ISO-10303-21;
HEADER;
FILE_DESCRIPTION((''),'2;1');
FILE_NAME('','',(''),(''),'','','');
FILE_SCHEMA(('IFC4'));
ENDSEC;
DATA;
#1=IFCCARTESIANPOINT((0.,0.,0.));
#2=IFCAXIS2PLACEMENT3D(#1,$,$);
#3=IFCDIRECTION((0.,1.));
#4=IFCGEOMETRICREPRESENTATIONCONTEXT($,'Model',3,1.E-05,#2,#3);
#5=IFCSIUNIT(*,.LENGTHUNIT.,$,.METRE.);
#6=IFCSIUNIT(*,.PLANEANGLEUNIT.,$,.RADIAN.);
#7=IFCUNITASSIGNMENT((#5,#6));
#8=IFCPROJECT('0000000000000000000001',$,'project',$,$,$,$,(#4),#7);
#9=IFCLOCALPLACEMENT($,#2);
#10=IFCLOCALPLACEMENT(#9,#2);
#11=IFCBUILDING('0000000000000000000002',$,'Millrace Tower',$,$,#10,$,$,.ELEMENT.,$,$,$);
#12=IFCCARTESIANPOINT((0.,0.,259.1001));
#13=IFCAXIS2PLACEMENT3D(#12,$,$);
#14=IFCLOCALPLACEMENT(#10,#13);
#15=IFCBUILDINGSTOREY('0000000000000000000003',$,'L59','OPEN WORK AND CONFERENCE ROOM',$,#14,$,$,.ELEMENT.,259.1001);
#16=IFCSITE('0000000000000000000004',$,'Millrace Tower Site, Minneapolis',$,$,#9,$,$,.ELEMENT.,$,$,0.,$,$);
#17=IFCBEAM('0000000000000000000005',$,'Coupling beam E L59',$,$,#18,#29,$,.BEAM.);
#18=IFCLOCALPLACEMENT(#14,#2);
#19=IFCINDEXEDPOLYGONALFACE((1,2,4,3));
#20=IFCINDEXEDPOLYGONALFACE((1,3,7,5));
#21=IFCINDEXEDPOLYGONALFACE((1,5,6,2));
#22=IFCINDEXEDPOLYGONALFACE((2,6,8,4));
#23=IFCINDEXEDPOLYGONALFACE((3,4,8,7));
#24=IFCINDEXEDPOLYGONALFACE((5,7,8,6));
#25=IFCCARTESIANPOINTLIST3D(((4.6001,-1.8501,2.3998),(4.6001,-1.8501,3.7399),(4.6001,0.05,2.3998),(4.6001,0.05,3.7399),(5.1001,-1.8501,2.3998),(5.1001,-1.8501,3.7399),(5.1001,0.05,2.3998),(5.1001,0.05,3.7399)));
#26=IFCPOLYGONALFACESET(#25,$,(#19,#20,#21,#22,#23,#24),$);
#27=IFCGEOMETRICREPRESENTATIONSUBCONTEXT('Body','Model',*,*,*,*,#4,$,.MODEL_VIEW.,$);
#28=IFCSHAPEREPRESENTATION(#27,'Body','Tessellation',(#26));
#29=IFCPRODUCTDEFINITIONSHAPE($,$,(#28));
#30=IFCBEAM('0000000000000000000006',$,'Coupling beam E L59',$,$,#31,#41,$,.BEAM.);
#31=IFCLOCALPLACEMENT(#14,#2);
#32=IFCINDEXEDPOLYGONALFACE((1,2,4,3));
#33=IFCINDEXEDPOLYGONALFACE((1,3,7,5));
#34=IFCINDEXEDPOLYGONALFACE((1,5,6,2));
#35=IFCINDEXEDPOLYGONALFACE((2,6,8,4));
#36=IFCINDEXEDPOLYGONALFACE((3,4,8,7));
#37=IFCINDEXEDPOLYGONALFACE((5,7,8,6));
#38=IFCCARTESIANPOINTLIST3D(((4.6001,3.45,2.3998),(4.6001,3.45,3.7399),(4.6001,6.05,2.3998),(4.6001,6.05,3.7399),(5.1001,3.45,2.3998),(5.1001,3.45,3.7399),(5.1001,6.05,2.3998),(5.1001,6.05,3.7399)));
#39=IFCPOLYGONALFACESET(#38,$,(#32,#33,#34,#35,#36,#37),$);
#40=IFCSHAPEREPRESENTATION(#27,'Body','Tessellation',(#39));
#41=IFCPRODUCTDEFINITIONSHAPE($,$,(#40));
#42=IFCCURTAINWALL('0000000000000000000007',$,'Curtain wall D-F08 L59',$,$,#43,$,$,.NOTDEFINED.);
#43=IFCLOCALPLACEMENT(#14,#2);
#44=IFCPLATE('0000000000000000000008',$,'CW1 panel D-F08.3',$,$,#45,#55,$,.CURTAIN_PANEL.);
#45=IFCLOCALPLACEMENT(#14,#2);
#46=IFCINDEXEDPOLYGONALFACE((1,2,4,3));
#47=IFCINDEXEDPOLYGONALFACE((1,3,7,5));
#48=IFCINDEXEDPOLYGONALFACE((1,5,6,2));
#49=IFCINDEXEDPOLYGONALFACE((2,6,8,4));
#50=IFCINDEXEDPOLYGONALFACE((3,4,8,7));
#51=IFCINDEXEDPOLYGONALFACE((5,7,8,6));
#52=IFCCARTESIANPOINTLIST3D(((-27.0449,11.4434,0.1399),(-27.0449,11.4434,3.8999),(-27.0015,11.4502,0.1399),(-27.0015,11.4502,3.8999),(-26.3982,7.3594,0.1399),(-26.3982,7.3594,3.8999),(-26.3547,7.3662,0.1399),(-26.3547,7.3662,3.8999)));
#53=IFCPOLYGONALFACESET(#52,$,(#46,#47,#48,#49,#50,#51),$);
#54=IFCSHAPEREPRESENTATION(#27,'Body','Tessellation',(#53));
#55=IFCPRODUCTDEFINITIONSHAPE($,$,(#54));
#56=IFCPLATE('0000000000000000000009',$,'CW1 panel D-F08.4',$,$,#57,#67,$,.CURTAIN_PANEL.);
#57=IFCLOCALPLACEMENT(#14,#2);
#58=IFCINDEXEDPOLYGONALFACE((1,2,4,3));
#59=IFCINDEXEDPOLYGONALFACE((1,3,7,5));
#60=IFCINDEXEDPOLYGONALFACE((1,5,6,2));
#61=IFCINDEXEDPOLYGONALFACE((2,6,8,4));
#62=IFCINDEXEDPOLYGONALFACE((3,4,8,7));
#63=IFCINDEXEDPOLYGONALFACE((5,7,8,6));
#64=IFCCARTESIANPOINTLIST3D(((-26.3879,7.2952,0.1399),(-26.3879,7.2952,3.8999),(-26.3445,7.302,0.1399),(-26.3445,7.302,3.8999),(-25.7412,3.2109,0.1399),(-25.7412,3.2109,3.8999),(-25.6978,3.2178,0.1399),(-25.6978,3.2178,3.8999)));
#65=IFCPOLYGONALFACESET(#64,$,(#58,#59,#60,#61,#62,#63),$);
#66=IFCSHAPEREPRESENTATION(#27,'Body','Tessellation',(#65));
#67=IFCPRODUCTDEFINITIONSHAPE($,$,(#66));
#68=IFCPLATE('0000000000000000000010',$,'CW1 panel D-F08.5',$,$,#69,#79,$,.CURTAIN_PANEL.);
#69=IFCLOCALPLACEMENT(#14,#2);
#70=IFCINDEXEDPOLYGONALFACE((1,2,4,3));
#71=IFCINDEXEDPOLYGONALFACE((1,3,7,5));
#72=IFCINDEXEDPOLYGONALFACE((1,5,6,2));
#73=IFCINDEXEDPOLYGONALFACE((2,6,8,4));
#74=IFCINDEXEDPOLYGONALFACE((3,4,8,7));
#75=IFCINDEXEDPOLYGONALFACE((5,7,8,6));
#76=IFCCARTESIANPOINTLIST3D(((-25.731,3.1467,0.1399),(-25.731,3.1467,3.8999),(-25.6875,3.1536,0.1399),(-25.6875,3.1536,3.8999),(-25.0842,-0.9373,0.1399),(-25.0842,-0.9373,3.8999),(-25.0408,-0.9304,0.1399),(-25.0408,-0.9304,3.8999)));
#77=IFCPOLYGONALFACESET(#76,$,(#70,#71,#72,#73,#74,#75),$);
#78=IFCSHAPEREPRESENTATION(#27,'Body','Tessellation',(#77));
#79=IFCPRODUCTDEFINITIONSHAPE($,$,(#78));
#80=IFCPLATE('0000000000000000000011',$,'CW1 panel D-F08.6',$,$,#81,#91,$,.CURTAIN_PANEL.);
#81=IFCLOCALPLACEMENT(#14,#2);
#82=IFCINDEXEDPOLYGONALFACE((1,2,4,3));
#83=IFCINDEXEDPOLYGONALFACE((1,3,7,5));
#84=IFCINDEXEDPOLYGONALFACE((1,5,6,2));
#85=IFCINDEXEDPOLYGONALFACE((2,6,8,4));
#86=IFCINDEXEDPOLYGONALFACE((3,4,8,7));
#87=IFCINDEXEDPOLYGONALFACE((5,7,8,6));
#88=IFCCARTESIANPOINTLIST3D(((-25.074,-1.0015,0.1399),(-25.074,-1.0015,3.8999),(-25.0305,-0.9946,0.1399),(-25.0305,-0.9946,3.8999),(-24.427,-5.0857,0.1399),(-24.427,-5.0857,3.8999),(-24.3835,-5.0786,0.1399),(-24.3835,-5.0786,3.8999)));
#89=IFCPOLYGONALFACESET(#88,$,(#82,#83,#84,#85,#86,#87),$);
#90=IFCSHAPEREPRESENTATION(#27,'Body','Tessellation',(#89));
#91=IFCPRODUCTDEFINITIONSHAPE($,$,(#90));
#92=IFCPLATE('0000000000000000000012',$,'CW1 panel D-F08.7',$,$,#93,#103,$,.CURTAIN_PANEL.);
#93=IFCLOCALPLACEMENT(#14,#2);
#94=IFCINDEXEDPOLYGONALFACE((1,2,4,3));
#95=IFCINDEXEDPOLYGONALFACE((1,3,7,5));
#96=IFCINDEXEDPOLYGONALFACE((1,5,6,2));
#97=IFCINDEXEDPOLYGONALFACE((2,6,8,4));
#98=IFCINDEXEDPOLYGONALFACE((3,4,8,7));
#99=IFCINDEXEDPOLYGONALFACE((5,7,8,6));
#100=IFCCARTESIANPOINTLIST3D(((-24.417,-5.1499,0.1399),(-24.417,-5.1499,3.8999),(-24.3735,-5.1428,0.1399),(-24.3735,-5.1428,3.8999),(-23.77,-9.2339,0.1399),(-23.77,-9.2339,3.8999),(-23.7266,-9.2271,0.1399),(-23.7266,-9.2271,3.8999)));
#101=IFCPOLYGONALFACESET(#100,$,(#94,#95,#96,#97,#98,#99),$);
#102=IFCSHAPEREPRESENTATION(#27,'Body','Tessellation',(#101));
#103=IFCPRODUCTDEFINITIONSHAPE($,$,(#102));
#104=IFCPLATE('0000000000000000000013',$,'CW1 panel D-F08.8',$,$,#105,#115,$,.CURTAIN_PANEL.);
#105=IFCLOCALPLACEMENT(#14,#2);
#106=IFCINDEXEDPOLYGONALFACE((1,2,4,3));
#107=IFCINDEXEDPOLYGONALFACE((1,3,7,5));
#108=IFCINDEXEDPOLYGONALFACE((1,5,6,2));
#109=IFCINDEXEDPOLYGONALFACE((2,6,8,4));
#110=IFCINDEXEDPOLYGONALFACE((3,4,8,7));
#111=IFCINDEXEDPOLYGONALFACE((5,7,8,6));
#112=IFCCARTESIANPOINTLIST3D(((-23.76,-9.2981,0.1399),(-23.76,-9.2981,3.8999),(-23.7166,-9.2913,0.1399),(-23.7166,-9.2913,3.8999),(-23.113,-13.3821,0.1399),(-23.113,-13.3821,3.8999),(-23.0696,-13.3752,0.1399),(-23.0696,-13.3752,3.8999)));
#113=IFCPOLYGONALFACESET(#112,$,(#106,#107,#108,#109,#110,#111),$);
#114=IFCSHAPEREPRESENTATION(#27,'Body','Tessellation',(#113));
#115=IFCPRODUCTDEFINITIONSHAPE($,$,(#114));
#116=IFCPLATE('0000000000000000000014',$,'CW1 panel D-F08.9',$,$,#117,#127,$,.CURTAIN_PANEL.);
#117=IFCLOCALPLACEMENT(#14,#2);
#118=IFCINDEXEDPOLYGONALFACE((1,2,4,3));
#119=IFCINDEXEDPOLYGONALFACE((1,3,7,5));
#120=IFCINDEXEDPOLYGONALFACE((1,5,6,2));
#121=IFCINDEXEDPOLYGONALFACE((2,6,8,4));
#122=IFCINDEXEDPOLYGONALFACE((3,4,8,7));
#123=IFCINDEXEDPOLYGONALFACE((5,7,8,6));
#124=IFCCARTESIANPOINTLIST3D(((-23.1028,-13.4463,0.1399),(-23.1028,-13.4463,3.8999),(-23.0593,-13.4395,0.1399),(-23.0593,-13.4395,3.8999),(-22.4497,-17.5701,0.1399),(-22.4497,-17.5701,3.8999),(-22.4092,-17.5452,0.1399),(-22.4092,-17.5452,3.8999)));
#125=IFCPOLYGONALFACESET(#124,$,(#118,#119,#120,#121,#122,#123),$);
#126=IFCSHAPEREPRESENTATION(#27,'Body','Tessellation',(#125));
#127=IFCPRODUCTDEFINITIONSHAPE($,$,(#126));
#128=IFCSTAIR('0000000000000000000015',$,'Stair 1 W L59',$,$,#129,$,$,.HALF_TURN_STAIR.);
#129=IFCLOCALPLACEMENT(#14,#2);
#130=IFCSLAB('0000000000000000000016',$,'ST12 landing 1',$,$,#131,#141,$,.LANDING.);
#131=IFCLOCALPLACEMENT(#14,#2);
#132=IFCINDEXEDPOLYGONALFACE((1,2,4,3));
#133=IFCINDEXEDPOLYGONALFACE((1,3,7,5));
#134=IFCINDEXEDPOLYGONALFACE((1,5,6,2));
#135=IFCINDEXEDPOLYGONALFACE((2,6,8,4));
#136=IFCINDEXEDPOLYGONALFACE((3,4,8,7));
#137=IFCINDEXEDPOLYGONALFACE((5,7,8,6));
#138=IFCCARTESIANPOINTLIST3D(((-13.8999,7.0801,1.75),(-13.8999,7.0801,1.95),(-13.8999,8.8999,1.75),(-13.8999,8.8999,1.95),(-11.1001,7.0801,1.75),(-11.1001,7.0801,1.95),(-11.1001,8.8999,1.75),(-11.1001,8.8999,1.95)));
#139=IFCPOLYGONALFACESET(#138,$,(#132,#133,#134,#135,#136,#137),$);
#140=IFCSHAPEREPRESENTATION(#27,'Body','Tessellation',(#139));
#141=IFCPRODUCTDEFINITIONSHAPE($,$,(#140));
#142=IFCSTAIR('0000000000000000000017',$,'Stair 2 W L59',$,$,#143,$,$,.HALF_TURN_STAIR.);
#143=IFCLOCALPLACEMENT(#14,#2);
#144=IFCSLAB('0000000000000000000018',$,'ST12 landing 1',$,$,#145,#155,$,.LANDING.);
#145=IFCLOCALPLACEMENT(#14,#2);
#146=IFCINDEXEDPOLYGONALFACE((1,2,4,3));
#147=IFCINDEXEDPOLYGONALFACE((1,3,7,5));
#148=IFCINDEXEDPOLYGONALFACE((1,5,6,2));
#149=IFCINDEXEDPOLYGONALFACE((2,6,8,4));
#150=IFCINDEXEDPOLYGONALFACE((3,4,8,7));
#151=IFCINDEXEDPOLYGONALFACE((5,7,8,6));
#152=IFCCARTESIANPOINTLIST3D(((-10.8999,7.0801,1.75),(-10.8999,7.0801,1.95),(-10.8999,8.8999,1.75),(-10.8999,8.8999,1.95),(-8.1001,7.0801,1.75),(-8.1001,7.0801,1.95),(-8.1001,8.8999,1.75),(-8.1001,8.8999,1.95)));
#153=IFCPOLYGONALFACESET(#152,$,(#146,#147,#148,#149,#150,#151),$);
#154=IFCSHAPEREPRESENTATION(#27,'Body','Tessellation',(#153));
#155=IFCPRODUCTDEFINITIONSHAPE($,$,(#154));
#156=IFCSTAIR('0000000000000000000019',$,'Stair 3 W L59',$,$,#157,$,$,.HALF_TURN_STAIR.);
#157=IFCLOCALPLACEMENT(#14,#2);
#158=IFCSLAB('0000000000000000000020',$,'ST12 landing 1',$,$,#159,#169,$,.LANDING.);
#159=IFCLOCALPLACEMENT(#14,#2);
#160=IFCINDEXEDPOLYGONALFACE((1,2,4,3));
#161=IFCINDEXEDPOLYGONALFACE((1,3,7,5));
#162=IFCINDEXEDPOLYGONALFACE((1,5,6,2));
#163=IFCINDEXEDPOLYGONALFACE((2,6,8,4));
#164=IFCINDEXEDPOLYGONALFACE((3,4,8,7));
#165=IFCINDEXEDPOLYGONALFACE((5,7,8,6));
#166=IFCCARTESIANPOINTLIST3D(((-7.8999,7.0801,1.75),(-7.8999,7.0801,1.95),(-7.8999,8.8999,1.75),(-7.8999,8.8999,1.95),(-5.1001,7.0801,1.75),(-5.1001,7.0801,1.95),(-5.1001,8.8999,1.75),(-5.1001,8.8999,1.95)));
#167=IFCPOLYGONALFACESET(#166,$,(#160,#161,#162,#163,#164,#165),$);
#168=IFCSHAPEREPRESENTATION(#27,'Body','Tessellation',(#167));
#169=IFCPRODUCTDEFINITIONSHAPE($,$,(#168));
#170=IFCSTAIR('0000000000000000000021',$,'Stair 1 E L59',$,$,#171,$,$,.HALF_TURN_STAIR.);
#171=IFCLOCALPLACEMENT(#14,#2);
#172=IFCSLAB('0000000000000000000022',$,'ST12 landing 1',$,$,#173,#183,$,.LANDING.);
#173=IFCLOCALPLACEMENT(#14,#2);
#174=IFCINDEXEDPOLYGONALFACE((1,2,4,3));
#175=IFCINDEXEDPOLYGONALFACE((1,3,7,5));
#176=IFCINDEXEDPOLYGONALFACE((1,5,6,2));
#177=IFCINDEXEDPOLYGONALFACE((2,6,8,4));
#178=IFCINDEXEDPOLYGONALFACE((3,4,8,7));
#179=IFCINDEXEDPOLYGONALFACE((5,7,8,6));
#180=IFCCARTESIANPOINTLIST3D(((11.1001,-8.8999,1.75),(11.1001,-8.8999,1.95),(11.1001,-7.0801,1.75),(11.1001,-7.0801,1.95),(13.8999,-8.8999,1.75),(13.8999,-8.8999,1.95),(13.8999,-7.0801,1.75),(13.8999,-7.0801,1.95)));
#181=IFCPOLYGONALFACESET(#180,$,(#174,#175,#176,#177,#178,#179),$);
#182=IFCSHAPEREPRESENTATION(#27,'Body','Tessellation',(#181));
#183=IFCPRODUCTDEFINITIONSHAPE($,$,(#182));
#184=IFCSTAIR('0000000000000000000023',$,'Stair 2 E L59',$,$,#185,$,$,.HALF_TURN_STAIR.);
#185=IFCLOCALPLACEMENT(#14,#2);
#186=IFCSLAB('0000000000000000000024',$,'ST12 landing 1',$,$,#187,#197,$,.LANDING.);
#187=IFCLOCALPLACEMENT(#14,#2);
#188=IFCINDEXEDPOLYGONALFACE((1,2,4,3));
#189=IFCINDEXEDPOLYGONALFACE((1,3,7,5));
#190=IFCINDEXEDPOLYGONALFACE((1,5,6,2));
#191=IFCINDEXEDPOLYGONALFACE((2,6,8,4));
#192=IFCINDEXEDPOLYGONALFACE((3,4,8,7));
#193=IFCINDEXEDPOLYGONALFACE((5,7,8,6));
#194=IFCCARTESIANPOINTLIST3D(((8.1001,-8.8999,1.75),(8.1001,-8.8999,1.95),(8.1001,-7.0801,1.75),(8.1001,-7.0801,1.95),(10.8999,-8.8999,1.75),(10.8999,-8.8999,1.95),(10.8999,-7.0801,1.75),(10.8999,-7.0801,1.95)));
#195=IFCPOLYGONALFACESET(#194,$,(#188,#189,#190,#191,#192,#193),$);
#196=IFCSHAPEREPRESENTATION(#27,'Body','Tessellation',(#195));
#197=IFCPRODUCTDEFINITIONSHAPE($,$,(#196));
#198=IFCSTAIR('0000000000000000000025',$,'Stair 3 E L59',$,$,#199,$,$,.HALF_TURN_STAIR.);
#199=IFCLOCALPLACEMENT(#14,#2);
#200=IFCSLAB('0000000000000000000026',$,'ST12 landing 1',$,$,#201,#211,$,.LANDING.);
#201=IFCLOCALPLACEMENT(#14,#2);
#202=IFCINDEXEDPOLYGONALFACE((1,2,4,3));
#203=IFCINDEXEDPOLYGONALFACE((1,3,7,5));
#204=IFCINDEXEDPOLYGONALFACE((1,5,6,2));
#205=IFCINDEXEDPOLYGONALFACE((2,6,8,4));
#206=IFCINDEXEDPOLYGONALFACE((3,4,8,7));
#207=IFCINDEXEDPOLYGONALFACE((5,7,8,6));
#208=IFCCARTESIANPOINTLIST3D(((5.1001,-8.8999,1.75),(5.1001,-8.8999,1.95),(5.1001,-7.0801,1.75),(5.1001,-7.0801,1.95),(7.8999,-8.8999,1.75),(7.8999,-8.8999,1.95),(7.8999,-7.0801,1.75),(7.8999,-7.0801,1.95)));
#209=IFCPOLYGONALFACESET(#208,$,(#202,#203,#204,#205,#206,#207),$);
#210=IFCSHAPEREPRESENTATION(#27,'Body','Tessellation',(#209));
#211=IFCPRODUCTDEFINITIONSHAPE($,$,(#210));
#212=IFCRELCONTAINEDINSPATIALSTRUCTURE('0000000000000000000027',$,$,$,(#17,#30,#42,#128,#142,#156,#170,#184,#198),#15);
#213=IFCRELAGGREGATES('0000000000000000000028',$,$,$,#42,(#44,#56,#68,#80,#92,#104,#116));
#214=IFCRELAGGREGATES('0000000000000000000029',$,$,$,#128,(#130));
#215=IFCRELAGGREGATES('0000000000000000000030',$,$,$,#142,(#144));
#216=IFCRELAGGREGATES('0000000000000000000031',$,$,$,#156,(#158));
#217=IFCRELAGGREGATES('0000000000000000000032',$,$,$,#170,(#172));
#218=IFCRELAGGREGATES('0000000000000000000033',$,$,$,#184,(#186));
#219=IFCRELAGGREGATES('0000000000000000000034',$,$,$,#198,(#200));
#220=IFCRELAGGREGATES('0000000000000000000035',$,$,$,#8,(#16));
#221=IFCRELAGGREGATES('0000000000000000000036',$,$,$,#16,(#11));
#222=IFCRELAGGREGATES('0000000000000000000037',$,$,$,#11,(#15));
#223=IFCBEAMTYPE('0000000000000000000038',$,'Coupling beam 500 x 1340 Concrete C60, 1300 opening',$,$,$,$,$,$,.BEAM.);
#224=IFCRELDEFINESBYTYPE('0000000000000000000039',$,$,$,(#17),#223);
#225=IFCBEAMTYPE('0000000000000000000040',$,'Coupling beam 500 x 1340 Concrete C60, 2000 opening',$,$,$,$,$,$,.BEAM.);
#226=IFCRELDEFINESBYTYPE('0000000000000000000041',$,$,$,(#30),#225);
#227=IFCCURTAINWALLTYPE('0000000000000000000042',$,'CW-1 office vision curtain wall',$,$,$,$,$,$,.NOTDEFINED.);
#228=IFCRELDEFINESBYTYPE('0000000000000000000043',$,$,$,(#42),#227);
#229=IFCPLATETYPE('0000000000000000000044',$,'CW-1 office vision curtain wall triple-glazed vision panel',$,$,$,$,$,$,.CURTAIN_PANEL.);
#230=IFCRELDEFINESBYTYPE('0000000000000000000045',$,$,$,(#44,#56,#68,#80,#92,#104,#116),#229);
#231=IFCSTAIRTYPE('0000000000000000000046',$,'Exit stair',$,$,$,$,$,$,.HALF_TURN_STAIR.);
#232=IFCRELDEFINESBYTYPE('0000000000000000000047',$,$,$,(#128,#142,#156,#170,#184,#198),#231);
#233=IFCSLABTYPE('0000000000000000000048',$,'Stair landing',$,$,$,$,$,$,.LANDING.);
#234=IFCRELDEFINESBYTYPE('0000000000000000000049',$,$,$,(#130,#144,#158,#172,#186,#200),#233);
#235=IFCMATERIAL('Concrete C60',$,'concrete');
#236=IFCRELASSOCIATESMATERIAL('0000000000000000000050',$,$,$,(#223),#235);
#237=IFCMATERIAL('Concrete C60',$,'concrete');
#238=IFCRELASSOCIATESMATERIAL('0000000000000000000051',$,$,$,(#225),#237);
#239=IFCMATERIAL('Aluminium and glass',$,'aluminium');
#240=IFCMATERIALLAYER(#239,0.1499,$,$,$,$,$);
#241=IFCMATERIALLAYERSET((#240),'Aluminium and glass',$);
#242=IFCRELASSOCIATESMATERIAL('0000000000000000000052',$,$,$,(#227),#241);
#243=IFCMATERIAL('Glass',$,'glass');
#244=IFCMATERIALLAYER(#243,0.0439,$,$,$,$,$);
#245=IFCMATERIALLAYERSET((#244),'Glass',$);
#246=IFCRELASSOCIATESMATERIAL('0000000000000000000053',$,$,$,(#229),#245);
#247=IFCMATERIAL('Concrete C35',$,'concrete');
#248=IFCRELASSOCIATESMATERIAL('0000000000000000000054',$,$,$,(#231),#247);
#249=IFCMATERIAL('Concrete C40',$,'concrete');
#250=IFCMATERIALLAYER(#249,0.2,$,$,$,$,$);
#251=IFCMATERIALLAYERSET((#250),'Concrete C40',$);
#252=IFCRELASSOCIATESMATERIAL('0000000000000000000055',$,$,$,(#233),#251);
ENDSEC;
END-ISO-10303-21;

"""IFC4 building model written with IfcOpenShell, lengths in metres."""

from ifc_helpers import new_model, si_unit, direction, frame, origin, origin_2d, place, context, subcontext, project, spatial, polyline, rectangle, outline, extrude, material, layer, layer_set, material_profile, profile_set, type_object, element, aggregate, save


model = new_model("IFC4")

# Units and contexts
model_context = context("Model", 3, precision=1e-05, world=origin(), true_north=direction((0.0, 1.0)))
body_context = subcontext(model_context, "Body", "Model", "MODEL_VIEW")
ifc_project = project(units=[si_unit("LENGTHUNIT", "METRE"), si_unit("PLANEANGLEUNIT", "RADIAN")], contexts=[model_context])

# Site, building, storey
site_placement = place(None, origin())
site = spatial("IfcSite", under=ifc_project, at=site_placement, Name="Millrace Tower Site, Minneapolis", CompositionType="ELEMENT", RefElevation=0.0)
building_placement = place(site_placement, origin())
building = spatial("IfcBuilding", under=site, at=building_placement, Name="Millrace Tower", CompositionType="ELEMENT")
storey_placement = place(building_placement, frame((0.0, 0.0, 259.1001)))
storey = spatial("IfcBuildingStorey", under=building, at=storey_placement, Name="L59", Description="OPEN WORK AND CONFERENCE ROOM", CompositionType="ELEMENT", Elevation=259.1001)

# Beams
ifc_material_1 = material(Name="Concrete C60", Category="concrete")
ifc_material_profile_1 = material_profile(ifc_material_1, rectangle(XDim=0.5, YDim=1.3401, at=origin_2d()))
ifc_profile_set_1 = profile_set([ifc_material_profile_1], Name="Concrete C60")
beam_type_1 = type_object("IfcBeamType", Name="Coupling beam 500 x 1340 Concrete C60, 1300 opening", PredefinedType="BEAM", material=ifc_profile_set_1)
beam_1_placement = place(storey_placement, frame((4.8501, 0.05, 3.0698), z_axis=(0.0, -1.0, 0.0), x_axis=(1.0, 0.0, 0.0)))
element("IfcBeam", 1, at=beam_1_placement, inside=storey, type_object=beam_type_1, Name="Coupling beam E L59", PredefinedType="BEAM", context=body_context, shape_type="SweptSolid", body=[
    extrude(rectangle(XDim=0.5, YDim=1.3401, at=origin_2d()), origin(), (0.0, 0.0, 1.0), 1.9001),
])
ifc_material_2 = material(Name="Concrete C60", Category="concrete")
ifc_material_profile_2 = material_profile(ifc_material_2, rectangle(XDim=0.5, YDim=1.3401, at=origin_2d()))
ifc_profile_set_2 = profile_set([ifc_material_profile_2], Name="Concrete C60")
beam_type_2 = type_object("IfcBeamType", Name="Coupling beam 500 x 1340 Concrete C60, 2000 opening", PredefinedType="BEAM", material=ifc_profile_set_2)
beam_2_placement = place(storey_placement, frame((4.8501, 6.05, 3.0698), z_axis=(0.0, -1.0, 0.0), x_axis=(1.0, 0.0, 0.0)))
element("IfcBeam", 2, at=beam_2_placement, inside=storey, type_object=beam_type_2, Name="Coupling beam E L59", PredefinedType="BEAM", context=body_context, shape_type="SweptSolid", body=[
    extrude(rectangle(XDim=0.5, YDim=1.3401, at=origin_2d()), origin(), (0.0, 0.0, 1.0), 2.6001),
])

# Curtain wall, plates
ifc_material_3 = material(Name="Aluminium and glass", Category="aluminium")
ifc_layer_1 = layer(ifc_material_3, 0.1499)
ifc_layer_set_1 = layer_set([ifc_layer_1], Name="Aluminium and glass")
curtain_wall_type = type_object("IfcCurtainWallType", Name="CW-1 office vision curtain wall", PredefinedType="NOTDEFINED", material=ifc_layer_set_1)
placement_1 = place(storey_placement, origin())
curtain_wall = element("IfcCurtainWall", 3, at=placement_1, inside=storey, type_object=curtain_wall_type, Name="Curtain wall D-F08 L59", PredefinedType="NOTDEFINED")
ifc_material_4 = material(Name="Glass", Category="glass")
ifc_layer_2 = layer(ifc_material_4, 0.0439)
ifc_layer_set_2 = layer_set([ifc_layer_2], Name="Glass")
plate_type = type_object("IfcPlateType", Name="CW-1 office vision curtain wall triple-glazed vision panel", PredefinedType="CURTAIN_PANEL", material=ifc_layer_set_2)
placement_2 = place(storey_placement, frame((0.0, 0.0, 0.1399)))
plate_1 = element("IfcPlate", 4, at=placement_2, type_object=plate_type, Name="CW1 panel D-F08.3", PredefinedType="CURTAIN_PANEL", context=body_context, shape_type="SweptSolid", body=[
    extrude(outline(polyline([(-27.0449, 11.4434), (-26.3982, 7.3594), (-26.3547, 7.3662), (-27.0015, 11.4502), (-27.0449, 11.4434)])), origin(), (0.0, 0.0, 1.0), 3.76),
])
plate_2 = element("IfcPlate", 5, at=placement_2, type_object=plate_type, Name="CW1 panel D-F08.4", PredefinedType="CURTAIN_PANEL", context=body_context, shape_type="SweptSolid", body=[
    extrude(outline(polyline([(-26.3879, 7.2952), (-25.7412, 3.2109), (-25.6978, 3.2178), (-26.3445, 7.302), (-26.3879, 7.2952)])), origin(), (0.0, 0.0, 1.0), 3.76),
])
plate_3 = element("IfcPlate", 6, at=placement_2, type_object=plate_type, Name="CW1 panel D-F08.5", PredefinedType="CURTAIN_PANEL", context=body_context, shape_type="SweptSolid", body=[
    extrude(outline(polyline([(-25.731, 3.1467), (-25.0842, -0.9373), (-25.0408, -0.9304), (-25.6875, 3.1536), (-25.731, 3.1467)])), origin(), (0.0, 0.0, 1.0), 3.76),
])
plate_4 = element("IfcPlate", 7, at=placement_2, type_object=plate_type, Name="CW1 panel D-F08.6", PredefinedType="CURTAIN_PANEL", context=body_context, shape_type="SweptSolid", body=[
    extrude(outline(polyline([(-25.074, -1.0015), (-24.427, -5.0857), (-24.3835, -5.0786), (-25.0305, -0.9946), (-25.074, -1.0015)])), origin(), (0.0, 0.0, 1.0), 3.76),
])
plate_5 = element("IfcPlate", 8, at=placement_2, type_object=plate_type, Name="CW1 panel D-F08.7", PredefinedType="CURTAIN_PANEL", context=body_context, shape_type="SweptSolid", body=[
    extrude(outline(polyline([(-24.417, -5.1499), (-23.77, -9.2339), (-23.7266, -9.2271), (-24.3735, -5.1428), (-24.417, -5.1499)])), origin(), (0.0, 0.0, 1.0), 3.76),
])
plate_6 = element("IfcPlate", 9, at=placement_2, type_object=plate_type, Name="CW1 panel D-F08.8", PredefinedType="CURTAIN_PANEL", context=body_context, shape_type="SweptSolid", body=[
    extrude(outline(polyline([(-23.76, -9.2981), (-23.113, -13.3821), (-23.0696, -13.3752), (-23.7166, -9.2913), (-23.76, -9.2981)])), origin(), (0.0, 0.0, 1.0), 3.76),
])
plate_7 = element("IfcPlate", 10, at=placement_2, type_object=plate_type, Name="CW1 panel D-F08.9", PredefinedType="CURTAIN_PANEL", context=body_context, shape_type="SweptSolid", body=[
    extrude(outline(polyline([(-23.1028, -13.4463), (-22.4497, -17.5701), (-22.4092, -17.5452), (-23.0593, -13.4395), (-23.1028, -13.4463)])), origin(), (0.0, 0.0, 1.0), 3.76),
])
aggregate(curtain_wall, [plate_1, plate_2, plate_3, plate_4, plate_5, plate_6, plate_7])

# Stairs, slabs
ifc_material_5 = material(Name="Concrete C35", Category="concrete")
stair_type = type_object("IfcStairType", Name="Exit stair", PredefinedType="HALF_TURN_STAIR", material=ifc_material_5)
stair_1 = element("IfcStair", 11, at=placement_1, inside=storey, type_object=stair_type, Name="Stair 1 W L59", PredefinedType="HALF_TURN_STAIR")
ifc_material_6 = material(Name="Concrete C40", Category="concrete")
ifc_layer_3 = layer(ifc_material_6, 0.2)
ifc_layer_set_3 = layer_set([ifc_layer_3], Name="Concrete C40")
slab_type = type_object("IfcSlabType", Name="Stair landing", PredefinedType="LANDING", material=ifc_layer_set_3)
placement_3 = place(storey_placement, frame((0.0, 0.0, 1.75)))
slab_1 = element("IfcSlab", 12, at=placement_3, type_object=slab_type, Name="ST12 landing 1", PredefinedType="LANDING", context=body_context, shape_type="SweptSolid", body=[
    extrude(outline(polyline([(-13.8999, 7.0801), (-11.1001, 7.0801), (-11.1001, 8.8999), (-13.8999, 8.8999), (-13.8999, 7.0801)])), origin(), (0.0, 0.0, 1.0), 0.2),
])
aggregate(stair_1, [slab_1])
stair_2 = element("IfcStair", 13, at=placement_1, inside=storey, type_object=stair_type, Name="Stair 2 W L59", PredefinedType="HALF_TURN_STAIR")
slab_2 = element("IfcSlab", 14, at=placement_3, type_object=slab_type, Name="ST12 landing 1", PredefinedType="LANDING", context=body_context, shape_type="SweptSolid", body=[
    extrude(outline(polyline([(-10.8999, 7.0801), (-8.1001, 7.0801), (-8.1001, 8.8999), (-10.8999, 8.8999), (-10.8999, 7.0801)])), origin(), (0.0, 0.0, 1.0), 0.2),
])
aggregate(stair_2, [slab_2])
stair_3 = element("IfcStair", 15, at=placement_1, inside=storey, type_object=stair_type, Name="Stair 3 W L59", PredefinedType="HALF_TURN_STAIR")
slab_3 = element("IfcSlab", 16, at=placement_3, type_object=slab_type, Name="ST12 landing 1", PredefinedType="LANDING", context=body_context, shape_type="SweptSolid", body=[
    extrude(outline(polyline([(-7.8999, 7.0801), (-5.1001, 7.0801), (-5.1001, 8.8999), (-7.8999, 8.8999), (-7.8999, 7.0801)])), origin(), (0.0, 0.0, 1.0), 0.2),
])
aggregate(stair_3, [slab_3])
stair_4 = element("IfcStair", 17, at=placement_1, inside=storey, type_object=stair_type, Name="Stair 1 E L59", PredefinedType="HALF_TURN_STAIR")
slab_4 = element("IfcSlab", 18, at=placement_3, type_object=slab_type, Name="ST12 landing 1", PredefinedType="LANDING", context=body_context, shape_type="SweptSolid", body=[
    extrude(outline(polyline([(11.1001, -8.8999), (13.8999, -8.8999), (13.8999, -7.0801), (11.1001, -7.0801), (11.1001, -8.8999)])), origin(), (0.0, 0.0, 1.0), 0.2),
])
aggregate(stair_4, [slab_4])
stair_5 = element("IfcStair", 19, at=placement_1, inside=storey, type_object=stair_type, Name="Stair 2 E L59", PredefinedType="HALF_TURN_STAIR")
slab_5 = element("IfcSlab", 20, at=placement_3, type_object=slab_type, Name="ST12 landing 1", PredefinedType="LANDING", context=body_context, shape_type="SweptSolid", body=[
    extrude(outline(polyline([(8.1001, -8.8999), (10.8999, -8.8999), (10.8999, -7.0801), (8.1001, -7.0801), (8.1001, -8.8999)])), origin(), (0.0, 0.0, 1.0), 0.2),
])
aggregate(stair_5, [slab_5])
stair_6 = element("IfcStair", 21, at=placement_1, inside=storey, type_object=stair_type, Name="Stair 3 E L59", PredefinedType="HALF_TURN_STAIR")
slab_6 = element("IfcSlab", 22, at=placement_3, type_object=slab_type, Name="ST12 landing 1", PredefinedType="LANDING", context=body_context, shape_type="SweptSolid", body=[
    extrude(outline(polyline([(5.1001, -8.8999), (7.8999, -8.8999), (7.8999, -7.0801), (5.1001, -7.0801), (5.1001, -8.8999)])), origin(), (0.0, 0.0, 1.0), 0.2),
])
aggregate(stair_6, [slab_6])

save(model, "model.ifc")
